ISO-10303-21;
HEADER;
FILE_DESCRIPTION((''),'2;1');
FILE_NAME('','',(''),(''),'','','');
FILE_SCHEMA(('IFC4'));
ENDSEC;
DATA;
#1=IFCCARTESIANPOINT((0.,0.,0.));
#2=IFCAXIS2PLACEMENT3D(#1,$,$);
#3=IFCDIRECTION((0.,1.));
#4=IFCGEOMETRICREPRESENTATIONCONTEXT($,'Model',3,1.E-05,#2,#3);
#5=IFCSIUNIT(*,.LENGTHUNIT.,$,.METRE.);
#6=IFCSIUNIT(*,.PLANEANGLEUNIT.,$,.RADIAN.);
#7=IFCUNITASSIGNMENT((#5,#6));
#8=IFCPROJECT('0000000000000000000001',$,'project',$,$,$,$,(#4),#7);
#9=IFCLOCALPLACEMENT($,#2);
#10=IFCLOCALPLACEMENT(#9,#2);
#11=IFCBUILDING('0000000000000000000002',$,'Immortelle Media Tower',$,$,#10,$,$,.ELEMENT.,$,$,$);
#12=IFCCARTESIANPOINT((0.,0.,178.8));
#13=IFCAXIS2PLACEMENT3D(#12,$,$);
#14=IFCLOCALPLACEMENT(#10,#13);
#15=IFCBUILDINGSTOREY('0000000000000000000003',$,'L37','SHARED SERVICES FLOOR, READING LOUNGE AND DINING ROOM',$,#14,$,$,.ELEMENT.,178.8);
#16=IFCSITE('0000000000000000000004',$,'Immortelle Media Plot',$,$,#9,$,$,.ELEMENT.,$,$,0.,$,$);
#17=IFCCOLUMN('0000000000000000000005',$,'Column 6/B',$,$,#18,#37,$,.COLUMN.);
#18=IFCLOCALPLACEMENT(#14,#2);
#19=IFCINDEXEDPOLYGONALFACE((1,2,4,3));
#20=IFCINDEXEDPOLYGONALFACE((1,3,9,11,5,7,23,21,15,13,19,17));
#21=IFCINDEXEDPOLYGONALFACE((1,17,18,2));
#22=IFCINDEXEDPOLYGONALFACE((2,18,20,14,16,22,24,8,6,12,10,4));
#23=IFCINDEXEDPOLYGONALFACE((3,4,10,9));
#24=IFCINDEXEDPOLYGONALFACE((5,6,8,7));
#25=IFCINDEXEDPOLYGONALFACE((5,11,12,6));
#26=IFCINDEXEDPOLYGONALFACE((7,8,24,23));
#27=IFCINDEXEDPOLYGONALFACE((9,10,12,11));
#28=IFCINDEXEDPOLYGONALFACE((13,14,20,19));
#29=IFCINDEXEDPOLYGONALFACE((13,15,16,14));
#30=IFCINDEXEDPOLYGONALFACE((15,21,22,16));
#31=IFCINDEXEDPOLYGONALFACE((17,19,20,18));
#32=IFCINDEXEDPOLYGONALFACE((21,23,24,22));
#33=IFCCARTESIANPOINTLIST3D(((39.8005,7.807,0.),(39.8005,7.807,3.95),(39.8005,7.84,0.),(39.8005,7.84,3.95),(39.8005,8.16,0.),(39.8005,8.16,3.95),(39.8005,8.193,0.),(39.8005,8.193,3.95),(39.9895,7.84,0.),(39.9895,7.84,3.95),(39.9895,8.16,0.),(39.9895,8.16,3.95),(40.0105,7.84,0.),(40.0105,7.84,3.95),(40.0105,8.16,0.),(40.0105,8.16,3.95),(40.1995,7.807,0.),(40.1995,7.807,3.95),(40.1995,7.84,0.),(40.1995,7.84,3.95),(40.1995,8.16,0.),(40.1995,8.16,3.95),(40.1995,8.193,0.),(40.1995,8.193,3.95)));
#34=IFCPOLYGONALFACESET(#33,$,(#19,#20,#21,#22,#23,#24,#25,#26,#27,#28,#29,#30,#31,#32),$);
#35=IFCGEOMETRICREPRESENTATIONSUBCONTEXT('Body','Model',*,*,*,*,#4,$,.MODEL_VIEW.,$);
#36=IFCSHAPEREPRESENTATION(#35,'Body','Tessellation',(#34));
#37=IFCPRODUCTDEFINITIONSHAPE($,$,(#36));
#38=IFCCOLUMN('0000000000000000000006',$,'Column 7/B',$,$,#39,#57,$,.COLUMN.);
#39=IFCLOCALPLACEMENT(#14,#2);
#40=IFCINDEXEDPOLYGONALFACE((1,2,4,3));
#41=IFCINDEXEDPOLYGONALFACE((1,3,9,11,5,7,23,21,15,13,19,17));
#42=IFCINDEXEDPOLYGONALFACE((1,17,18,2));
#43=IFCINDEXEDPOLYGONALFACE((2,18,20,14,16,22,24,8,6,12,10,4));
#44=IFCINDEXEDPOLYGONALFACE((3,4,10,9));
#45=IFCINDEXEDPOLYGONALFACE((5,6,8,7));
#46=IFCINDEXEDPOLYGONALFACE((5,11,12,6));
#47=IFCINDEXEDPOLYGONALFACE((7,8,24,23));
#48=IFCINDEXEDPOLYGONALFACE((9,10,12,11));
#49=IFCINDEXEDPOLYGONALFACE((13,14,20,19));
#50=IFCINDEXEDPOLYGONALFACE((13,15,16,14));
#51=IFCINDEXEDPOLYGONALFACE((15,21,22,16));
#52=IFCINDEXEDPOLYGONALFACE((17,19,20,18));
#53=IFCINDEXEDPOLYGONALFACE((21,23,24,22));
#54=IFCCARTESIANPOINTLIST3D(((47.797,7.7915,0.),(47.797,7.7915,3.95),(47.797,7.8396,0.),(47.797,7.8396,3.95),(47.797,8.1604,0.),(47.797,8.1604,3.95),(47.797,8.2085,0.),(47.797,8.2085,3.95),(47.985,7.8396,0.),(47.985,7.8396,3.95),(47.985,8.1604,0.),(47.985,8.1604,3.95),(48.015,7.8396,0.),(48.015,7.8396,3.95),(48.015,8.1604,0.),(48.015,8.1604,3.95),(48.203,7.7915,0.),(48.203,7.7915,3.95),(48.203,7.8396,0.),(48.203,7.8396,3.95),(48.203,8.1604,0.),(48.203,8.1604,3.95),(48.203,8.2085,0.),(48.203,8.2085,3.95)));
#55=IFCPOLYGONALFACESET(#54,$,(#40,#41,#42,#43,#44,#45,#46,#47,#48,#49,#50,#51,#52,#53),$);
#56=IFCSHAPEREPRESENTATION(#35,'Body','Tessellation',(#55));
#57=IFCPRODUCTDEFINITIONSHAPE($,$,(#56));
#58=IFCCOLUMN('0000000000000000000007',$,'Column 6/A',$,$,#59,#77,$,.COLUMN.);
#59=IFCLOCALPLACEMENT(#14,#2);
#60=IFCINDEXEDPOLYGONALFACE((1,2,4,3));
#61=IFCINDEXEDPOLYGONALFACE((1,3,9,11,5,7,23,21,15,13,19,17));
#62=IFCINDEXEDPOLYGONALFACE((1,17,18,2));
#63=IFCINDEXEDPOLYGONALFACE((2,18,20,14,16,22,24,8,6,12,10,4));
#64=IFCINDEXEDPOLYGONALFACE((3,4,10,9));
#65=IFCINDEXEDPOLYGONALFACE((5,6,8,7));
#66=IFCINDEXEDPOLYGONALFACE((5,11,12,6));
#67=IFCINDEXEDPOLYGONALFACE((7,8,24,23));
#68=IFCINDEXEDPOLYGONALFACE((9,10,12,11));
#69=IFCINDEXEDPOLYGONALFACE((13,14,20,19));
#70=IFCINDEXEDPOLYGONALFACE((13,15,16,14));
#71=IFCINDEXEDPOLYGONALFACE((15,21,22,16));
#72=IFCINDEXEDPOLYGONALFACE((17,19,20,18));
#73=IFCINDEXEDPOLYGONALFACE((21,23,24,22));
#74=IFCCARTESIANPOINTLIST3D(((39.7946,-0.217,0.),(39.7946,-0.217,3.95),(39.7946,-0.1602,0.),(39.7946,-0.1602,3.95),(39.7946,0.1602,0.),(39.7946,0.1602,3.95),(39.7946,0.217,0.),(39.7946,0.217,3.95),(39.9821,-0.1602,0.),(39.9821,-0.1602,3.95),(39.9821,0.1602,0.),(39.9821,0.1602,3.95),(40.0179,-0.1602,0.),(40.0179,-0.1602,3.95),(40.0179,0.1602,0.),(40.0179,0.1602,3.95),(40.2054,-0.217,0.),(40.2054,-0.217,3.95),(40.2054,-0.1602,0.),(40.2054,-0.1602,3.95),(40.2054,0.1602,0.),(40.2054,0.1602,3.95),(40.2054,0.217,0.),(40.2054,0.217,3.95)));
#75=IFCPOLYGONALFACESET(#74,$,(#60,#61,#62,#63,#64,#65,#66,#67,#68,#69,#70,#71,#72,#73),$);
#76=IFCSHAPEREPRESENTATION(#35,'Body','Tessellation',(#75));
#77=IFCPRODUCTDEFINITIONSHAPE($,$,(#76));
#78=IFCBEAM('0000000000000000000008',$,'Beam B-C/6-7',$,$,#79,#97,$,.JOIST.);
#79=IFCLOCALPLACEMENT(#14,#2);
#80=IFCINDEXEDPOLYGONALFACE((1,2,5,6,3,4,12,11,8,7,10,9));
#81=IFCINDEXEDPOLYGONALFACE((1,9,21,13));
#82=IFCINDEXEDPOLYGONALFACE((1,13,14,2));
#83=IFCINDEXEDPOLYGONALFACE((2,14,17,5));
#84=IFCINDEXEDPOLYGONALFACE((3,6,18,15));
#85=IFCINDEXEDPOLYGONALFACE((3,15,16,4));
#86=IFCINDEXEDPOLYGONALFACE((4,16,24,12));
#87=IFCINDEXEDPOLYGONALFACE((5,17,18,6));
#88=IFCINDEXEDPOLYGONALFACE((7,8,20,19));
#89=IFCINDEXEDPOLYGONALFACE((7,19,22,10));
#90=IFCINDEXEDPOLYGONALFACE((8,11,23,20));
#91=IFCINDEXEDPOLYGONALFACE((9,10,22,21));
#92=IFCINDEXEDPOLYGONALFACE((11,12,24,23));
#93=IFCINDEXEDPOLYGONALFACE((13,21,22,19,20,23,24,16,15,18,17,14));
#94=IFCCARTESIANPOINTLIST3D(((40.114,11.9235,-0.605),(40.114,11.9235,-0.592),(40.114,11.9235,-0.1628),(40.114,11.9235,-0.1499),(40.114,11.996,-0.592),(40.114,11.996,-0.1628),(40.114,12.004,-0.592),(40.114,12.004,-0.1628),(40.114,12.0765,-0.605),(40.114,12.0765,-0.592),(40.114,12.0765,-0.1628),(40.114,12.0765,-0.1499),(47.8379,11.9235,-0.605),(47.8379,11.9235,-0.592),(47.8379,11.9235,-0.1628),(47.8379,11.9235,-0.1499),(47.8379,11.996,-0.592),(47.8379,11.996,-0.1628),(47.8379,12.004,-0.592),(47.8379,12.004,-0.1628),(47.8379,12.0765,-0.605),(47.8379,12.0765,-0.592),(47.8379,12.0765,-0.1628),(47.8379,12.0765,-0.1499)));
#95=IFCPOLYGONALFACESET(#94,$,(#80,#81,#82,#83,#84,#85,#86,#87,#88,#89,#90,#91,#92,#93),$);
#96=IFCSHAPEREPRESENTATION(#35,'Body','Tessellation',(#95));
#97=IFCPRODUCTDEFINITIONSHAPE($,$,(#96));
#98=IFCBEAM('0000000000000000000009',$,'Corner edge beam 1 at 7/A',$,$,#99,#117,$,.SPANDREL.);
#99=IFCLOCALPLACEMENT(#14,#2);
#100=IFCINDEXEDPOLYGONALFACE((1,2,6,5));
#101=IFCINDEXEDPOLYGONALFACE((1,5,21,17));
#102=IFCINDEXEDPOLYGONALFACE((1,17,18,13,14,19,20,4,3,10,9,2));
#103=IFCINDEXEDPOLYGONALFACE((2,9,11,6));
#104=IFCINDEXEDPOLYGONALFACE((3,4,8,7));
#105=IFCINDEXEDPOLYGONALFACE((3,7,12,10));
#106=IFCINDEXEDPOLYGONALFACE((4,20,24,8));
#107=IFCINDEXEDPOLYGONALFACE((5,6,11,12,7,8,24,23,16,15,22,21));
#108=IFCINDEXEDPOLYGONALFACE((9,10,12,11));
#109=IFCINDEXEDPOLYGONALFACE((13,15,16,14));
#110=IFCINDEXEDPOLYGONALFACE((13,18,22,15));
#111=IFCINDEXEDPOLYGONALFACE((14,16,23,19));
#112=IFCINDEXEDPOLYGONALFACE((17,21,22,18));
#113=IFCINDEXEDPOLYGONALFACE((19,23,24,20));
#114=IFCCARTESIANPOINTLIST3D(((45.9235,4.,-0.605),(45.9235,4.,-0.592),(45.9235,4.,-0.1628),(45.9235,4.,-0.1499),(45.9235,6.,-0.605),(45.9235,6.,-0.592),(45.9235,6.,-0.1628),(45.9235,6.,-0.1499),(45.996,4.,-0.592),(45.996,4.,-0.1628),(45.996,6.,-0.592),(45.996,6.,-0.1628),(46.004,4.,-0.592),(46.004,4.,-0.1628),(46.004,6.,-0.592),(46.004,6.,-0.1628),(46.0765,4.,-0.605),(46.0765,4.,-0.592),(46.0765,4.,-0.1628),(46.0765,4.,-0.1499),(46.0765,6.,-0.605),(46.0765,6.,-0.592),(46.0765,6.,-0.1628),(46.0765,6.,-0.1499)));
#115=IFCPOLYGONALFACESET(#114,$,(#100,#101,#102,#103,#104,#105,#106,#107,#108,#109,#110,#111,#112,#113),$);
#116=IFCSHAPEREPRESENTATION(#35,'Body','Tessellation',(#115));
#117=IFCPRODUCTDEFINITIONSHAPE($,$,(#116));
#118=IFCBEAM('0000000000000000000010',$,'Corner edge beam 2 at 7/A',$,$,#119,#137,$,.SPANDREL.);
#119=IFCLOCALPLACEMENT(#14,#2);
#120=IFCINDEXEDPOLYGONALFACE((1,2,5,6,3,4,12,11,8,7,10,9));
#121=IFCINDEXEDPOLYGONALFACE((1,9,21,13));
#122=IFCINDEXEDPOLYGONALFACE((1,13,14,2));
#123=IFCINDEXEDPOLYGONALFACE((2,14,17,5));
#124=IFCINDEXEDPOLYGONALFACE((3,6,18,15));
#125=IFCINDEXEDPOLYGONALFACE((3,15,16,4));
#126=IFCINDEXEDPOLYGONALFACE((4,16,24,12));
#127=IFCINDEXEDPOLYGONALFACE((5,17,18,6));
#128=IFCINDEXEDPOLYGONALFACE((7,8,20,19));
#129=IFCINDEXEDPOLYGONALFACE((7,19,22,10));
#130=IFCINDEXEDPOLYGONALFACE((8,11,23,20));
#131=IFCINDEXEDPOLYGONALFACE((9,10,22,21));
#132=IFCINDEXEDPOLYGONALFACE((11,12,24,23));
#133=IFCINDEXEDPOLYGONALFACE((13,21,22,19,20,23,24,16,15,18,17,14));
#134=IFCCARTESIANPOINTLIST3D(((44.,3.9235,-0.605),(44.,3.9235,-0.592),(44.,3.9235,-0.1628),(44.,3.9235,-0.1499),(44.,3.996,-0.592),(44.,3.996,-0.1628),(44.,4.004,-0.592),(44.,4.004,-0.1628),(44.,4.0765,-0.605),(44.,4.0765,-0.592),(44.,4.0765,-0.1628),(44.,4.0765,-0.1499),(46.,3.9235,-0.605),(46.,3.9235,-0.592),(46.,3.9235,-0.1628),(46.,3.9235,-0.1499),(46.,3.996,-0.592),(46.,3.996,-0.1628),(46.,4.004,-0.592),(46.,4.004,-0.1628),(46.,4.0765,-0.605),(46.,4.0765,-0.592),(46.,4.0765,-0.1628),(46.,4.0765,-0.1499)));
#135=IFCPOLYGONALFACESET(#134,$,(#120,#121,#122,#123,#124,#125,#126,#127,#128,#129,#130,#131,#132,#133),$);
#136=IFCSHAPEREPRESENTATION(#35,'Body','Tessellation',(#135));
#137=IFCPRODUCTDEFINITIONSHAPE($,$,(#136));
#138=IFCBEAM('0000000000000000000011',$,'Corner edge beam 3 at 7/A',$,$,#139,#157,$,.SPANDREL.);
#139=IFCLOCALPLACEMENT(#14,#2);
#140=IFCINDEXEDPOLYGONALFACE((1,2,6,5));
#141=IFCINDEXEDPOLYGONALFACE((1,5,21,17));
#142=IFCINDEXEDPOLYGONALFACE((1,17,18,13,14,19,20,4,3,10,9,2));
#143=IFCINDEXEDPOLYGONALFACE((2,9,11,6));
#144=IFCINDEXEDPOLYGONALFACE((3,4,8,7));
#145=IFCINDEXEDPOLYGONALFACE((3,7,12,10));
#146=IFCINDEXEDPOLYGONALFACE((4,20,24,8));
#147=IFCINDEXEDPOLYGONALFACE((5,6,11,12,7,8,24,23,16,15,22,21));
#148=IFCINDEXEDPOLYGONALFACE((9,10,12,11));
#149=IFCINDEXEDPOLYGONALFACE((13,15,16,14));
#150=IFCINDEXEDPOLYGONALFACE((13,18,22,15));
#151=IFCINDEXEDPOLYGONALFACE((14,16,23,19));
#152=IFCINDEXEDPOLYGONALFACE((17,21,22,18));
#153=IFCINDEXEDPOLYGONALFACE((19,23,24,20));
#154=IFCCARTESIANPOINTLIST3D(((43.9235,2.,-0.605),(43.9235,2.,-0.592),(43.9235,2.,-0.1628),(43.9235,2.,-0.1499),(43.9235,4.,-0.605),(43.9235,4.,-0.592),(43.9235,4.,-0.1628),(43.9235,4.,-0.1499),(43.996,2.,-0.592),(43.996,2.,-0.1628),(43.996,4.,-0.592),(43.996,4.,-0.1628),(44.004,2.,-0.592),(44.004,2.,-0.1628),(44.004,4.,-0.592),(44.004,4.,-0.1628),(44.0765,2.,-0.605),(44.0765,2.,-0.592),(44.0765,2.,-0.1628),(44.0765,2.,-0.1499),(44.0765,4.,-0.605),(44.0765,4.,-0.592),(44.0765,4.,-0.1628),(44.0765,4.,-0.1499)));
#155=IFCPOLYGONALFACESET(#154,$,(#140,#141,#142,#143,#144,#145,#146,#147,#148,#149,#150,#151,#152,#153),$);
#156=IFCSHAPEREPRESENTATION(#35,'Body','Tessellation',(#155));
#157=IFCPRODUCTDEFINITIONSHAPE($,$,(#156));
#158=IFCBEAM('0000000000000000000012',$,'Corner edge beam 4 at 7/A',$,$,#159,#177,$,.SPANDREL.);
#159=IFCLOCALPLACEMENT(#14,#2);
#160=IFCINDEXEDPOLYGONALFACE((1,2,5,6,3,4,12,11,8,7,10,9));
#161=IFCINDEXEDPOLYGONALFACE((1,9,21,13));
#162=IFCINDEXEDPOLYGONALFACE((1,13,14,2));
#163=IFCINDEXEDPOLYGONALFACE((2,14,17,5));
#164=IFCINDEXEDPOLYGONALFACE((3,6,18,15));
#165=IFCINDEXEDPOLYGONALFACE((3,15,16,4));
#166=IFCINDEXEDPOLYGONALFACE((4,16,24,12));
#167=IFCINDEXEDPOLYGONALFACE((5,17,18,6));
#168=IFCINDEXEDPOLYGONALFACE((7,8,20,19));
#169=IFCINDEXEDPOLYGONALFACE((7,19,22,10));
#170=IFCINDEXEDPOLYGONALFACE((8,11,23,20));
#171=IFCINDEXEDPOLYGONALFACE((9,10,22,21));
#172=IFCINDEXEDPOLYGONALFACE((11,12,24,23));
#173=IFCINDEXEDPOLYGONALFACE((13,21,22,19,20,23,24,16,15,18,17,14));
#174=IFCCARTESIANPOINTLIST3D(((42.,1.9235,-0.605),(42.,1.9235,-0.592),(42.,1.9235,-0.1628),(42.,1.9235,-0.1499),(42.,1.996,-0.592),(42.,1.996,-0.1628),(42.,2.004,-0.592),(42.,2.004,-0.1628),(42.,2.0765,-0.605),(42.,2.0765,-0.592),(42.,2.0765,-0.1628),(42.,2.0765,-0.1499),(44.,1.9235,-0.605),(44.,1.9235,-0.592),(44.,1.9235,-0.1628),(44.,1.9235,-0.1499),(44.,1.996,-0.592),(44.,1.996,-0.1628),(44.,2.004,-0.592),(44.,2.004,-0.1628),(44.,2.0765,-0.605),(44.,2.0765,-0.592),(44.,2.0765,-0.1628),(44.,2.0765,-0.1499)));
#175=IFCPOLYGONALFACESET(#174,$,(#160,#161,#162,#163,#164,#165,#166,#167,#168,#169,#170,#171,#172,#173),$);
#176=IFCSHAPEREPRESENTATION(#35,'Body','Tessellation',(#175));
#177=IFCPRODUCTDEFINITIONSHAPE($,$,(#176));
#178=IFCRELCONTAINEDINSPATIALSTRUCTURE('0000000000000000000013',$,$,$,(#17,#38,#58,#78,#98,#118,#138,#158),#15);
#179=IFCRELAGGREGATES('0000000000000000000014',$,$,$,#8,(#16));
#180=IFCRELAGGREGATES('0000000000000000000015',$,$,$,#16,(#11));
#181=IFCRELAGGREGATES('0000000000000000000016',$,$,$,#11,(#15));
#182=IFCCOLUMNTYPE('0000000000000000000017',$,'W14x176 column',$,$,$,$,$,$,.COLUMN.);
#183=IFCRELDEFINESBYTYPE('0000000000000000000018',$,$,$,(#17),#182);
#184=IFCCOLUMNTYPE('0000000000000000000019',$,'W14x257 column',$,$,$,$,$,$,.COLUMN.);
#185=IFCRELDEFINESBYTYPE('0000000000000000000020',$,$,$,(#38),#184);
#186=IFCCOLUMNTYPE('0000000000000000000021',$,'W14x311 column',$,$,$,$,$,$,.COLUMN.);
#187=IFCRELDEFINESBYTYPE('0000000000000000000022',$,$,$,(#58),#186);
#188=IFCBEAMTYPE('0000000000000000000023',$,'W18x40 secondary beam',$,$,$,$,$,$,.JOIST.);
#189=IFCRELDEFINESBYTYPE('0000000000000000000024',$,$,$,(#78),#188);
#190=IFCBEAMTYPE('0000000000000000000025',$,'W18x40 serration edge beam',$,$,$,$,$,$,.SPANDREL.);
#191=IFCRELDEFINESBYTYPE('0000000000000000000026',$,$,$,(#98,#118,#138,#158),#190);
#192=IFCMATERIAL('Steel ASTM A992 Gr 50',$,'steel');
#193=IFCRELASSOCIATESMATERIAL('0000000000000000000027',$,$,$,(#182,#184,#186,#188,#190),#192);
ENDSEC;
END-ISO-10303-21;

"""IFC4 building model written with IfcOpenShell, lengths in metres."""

from ifc_helpers import new_model, si_unit, direction, frame, origin, origin_2d, place, context, subcontext, project, spatial, i_section, extrude, material, material_profile, profile_set, type_object, element, save


model = new_model("IFC4")

# Units and contexts
model_context = context("Model", 3, precision=1e-05, world=origin(), true_north=direction((0.0, 1.0)))
body_context = subcontext(model_context, "Body", "Model", "MODEL_VIEW")
ifc_project = project(units=[si_unit("LENGTHUNIT", "METRE"), si_unit("PLANEANGLEUNIT", "RADIAN")], contexts=[model_context])

# Site, building, storey
site_placement = place(None, origin())
site = spatial("IfcSite", under=ifc_project, at=site_placement, Name="Immortelle Media Plot", CompositionType="ELEMENT", RefElevation=0.0)
building_placement = place(site_placement, origin())
building = spatial("IfcBuilding", under=site, at=building_placement, Name="Immortelle Media Tower", CompositionType="ELEMENT")
storey_placement = place(building_placement, frame((0.0, 0.0, 178.8)))
storey = spatial("IfcBuildingStorey", under=building, at=storey_placement, Name="L37", Description="SHARED SERVICES FLOOR, READING LOUNGE AND DINING ROOM", CompositionType="ELEMENT", Elevation=178.8)

# Columns
ifc_material_1 = material(Name="Steel ASTM A992 Gr 50", Category="steel")
ifc_material_profile_1 = material_profile(ifc_material_1, i_section(OverallWidth=0.3989, OverallDepth=0.386, WebThickness=0.021, FlangeThickness=0.033, at=origin_2d()), Name="W14x176")
ifc_profile_set_1 = profile_set([ifc_material_profile_1], Name="Steel ASTM A992 Gr 50")
column_type_1 = type_object("IfcColumnType", Name="W14x176 column", PredefinedType="COLUMN", material=ifc_profile_set_1)
column_1_placement = place(storey_placement, frame((40.0, 8.0, 0.0), z_axis=(0.0, 0.0, 1.0), x_axis=(1.0, 0.0, 0.0)))
element("IfcColumn", 1, at=column_1_placement, inside=storey, type_object=column_type_1, Name="Column 6/B", PredefinedType="COLUMN", context=body_context, shape_type="SweptSolid", body=[
    extrude(i_section(OverallWidth=0.3989, OverallDepth=0.386, WebThickness=0.021, FlangeThickness=0.033, at=origin_2d()), origin(), (0.0, 0.0, 1.0), 3.95),
])
ifc_material_profile_2 = material_profile(ifc_material_1, i_section(OverallWidth=0.406, OverallDepth=0.417, WebThickness=0.03, FlangeThickness=0.0481, at=origin_2d()), Name="W14x257")
ifc_profile_set_2 = profile_set([ifc_material_profile_2], Name="Steel ASTM A992 Gr 50")
column_type_2 = type_object("IfcColumnType", Name="W14x257 column", PredefinedType="COLUMN", material=ifc_profile_set_2)
column_2_placement = place(storey_placement, frame((48.0, 8.0, 0.0), z_axis=(0.0, 0.0, 1.0), x_axis=(1.0, 0.0, 0.0)))
element("IfcColumn", 2, at=column_2_placement, inside=storey, type_object=column_type_2, Name="Column 7/B", PredefinedType="COLUMN", context=body_context, shape_type="SweptSolid", body=[
    extrude(i_section(OverallWidth=0.406, OverallDepth=0.417, WebThickness=0.03, FlangeThickness=0.0481, at=origin_2d()), origin(), (0.0, 0.0, 1.0), 3.95),
])
ifc_material_profile_3 = material_profile(ifc_material_1, i_section(OverallWidth=0.4109, OverallDepth=0.4341, WebThickness=0.0359, FlangeThickness=0.0569, at=origin_2d()), Name="W14x311")
ifc_profile_set_3 = profile_set([ifc_material_profile_3], Name="Steel ASTM A992 Gr 50")
column_type_3 = type_object("IfcColumnType", Name="W14x311 column", PredefinedType="COLUMN", material=ifc_profile_set_3)
column_3_placement = place(storey_placement, frame((40.0, 0.0, 0.0), z_axis=(0.0, 0.0, 1.0), x_axis=(1.0, 0.0, 0.0)))
element("IfcColumn", 3, at=column_3_placement, inside=storey, type_object=column_type_3, Name="Column 6/A", PredefinedType="COLUMN", context=body_context, shape_type="SweptSolid", body=[
    extrude(i_section(OverallWidth=0.4109, OverallDepth=0.4341, WebThickness=0.0359, FlangeThickness=0.0569, at=origin_2d()), origin(), (0.0, 0.0, 1.0), 3.95),
])

# Beams
ifc_material_profile_4 = material_profile(ifc_material_1, i_section(OverallWidth=0.1531, OverallDepth=0.4551, WebThickness=0.0081, FlangeThickness=0.0129, at=origin_2d()), Name="W18x40")
ifc_profile_set_4 = profile_set([ifc_material_profile_4], Name="Steel ASTM A992 Gr 50")
beam_type_1 = type_object("IfcBeamType", Name="W18x40 secondary beam", PredefinedType="JOIST", material=ifc_profile_set_4)
beam_1_placement = place(storey_placement, frame((40.114, 12.0, -0.3774), z_axis=(1.0, 0.0, 0.0), x_axis=(0.0, 1.0, 0.0)))
element("IfcBeam", 4, at=beam_1_placement, inside=storey, type_object=beam_type_1, Name="Beam B-C/6-7", PredefinedType="JOIST", context=body_context, shape_type="SweptSolid", body=[
    extrude(i_section(OverallWidth=0.1531, OverallDepth=0.4551, WebThickness=0.0081, FlangeThickness=0.0129, at=origin_2d()), origin(), (0.0, 0.0, 1.0), 7.7239),
])
ifc_material_profile_5 = material_profile(ifc_material_1, i_section(OverallWidth=0.1531, OverallDepth=0.4551, WebThickness=0.0081, FlangeThickness=0.0129, at=origin_2d()), Name="W18x40")
ifc_profile_set_5 = profile_set([ifc_material_profile_5], Name="Steel ASTM A992 Gr 50")
beam_type_2 = type_object("IfcBeamType", Name="W18x40 serration edge beam", PredefinedType="SPANDREL", material=ifc_profile_set_5)
for number, where, z_axis, x_axis, name in (
    (5, (46.0, 6.0, -0.3774), (0.0, -1.0, 0.0), (1.0, 0.0, 0.0), "Corner edge beam 1 at 7/A"),
    (6, (46.0, 4.0, -0.3774), (-1.0, 0.0, 0.0), (0.0, -1.0, 0.0), "Corner edge beam 2 at 7/A"),
    (7, (44.0, 4.0, -0.3774), (0.0, -1.0, 0.0), (1.0, 0.0, 0.0), "Corner edge beam 3 at 7/A"),
    (8, (44.0, 2.0, -0.3774), (-1.0, 0.0, 0.0), (0.0, -1.0, 0.0), "Corner edge beam 4 at 7/A"),
):
    element("IfcBeam", number, at=place(storey_placement, frame(where, z_axis=z_axis, x_axis=x_axis)), inside=storey, type_object=beam_type_2, Name=name, PredefinedType="SPANDREL", context=body_context, shape_type="SweptSolid", body=[
        extrude(i_section(OverallWidth=0.1531, OverallDepth=0.4551, WebThickness=0.0081, FlangeThickness=0.0129, at=origin_2d()), origin(), (0.0, 0.0, 1.0), 2.0),
    ])

save(model, "model.ifc")
